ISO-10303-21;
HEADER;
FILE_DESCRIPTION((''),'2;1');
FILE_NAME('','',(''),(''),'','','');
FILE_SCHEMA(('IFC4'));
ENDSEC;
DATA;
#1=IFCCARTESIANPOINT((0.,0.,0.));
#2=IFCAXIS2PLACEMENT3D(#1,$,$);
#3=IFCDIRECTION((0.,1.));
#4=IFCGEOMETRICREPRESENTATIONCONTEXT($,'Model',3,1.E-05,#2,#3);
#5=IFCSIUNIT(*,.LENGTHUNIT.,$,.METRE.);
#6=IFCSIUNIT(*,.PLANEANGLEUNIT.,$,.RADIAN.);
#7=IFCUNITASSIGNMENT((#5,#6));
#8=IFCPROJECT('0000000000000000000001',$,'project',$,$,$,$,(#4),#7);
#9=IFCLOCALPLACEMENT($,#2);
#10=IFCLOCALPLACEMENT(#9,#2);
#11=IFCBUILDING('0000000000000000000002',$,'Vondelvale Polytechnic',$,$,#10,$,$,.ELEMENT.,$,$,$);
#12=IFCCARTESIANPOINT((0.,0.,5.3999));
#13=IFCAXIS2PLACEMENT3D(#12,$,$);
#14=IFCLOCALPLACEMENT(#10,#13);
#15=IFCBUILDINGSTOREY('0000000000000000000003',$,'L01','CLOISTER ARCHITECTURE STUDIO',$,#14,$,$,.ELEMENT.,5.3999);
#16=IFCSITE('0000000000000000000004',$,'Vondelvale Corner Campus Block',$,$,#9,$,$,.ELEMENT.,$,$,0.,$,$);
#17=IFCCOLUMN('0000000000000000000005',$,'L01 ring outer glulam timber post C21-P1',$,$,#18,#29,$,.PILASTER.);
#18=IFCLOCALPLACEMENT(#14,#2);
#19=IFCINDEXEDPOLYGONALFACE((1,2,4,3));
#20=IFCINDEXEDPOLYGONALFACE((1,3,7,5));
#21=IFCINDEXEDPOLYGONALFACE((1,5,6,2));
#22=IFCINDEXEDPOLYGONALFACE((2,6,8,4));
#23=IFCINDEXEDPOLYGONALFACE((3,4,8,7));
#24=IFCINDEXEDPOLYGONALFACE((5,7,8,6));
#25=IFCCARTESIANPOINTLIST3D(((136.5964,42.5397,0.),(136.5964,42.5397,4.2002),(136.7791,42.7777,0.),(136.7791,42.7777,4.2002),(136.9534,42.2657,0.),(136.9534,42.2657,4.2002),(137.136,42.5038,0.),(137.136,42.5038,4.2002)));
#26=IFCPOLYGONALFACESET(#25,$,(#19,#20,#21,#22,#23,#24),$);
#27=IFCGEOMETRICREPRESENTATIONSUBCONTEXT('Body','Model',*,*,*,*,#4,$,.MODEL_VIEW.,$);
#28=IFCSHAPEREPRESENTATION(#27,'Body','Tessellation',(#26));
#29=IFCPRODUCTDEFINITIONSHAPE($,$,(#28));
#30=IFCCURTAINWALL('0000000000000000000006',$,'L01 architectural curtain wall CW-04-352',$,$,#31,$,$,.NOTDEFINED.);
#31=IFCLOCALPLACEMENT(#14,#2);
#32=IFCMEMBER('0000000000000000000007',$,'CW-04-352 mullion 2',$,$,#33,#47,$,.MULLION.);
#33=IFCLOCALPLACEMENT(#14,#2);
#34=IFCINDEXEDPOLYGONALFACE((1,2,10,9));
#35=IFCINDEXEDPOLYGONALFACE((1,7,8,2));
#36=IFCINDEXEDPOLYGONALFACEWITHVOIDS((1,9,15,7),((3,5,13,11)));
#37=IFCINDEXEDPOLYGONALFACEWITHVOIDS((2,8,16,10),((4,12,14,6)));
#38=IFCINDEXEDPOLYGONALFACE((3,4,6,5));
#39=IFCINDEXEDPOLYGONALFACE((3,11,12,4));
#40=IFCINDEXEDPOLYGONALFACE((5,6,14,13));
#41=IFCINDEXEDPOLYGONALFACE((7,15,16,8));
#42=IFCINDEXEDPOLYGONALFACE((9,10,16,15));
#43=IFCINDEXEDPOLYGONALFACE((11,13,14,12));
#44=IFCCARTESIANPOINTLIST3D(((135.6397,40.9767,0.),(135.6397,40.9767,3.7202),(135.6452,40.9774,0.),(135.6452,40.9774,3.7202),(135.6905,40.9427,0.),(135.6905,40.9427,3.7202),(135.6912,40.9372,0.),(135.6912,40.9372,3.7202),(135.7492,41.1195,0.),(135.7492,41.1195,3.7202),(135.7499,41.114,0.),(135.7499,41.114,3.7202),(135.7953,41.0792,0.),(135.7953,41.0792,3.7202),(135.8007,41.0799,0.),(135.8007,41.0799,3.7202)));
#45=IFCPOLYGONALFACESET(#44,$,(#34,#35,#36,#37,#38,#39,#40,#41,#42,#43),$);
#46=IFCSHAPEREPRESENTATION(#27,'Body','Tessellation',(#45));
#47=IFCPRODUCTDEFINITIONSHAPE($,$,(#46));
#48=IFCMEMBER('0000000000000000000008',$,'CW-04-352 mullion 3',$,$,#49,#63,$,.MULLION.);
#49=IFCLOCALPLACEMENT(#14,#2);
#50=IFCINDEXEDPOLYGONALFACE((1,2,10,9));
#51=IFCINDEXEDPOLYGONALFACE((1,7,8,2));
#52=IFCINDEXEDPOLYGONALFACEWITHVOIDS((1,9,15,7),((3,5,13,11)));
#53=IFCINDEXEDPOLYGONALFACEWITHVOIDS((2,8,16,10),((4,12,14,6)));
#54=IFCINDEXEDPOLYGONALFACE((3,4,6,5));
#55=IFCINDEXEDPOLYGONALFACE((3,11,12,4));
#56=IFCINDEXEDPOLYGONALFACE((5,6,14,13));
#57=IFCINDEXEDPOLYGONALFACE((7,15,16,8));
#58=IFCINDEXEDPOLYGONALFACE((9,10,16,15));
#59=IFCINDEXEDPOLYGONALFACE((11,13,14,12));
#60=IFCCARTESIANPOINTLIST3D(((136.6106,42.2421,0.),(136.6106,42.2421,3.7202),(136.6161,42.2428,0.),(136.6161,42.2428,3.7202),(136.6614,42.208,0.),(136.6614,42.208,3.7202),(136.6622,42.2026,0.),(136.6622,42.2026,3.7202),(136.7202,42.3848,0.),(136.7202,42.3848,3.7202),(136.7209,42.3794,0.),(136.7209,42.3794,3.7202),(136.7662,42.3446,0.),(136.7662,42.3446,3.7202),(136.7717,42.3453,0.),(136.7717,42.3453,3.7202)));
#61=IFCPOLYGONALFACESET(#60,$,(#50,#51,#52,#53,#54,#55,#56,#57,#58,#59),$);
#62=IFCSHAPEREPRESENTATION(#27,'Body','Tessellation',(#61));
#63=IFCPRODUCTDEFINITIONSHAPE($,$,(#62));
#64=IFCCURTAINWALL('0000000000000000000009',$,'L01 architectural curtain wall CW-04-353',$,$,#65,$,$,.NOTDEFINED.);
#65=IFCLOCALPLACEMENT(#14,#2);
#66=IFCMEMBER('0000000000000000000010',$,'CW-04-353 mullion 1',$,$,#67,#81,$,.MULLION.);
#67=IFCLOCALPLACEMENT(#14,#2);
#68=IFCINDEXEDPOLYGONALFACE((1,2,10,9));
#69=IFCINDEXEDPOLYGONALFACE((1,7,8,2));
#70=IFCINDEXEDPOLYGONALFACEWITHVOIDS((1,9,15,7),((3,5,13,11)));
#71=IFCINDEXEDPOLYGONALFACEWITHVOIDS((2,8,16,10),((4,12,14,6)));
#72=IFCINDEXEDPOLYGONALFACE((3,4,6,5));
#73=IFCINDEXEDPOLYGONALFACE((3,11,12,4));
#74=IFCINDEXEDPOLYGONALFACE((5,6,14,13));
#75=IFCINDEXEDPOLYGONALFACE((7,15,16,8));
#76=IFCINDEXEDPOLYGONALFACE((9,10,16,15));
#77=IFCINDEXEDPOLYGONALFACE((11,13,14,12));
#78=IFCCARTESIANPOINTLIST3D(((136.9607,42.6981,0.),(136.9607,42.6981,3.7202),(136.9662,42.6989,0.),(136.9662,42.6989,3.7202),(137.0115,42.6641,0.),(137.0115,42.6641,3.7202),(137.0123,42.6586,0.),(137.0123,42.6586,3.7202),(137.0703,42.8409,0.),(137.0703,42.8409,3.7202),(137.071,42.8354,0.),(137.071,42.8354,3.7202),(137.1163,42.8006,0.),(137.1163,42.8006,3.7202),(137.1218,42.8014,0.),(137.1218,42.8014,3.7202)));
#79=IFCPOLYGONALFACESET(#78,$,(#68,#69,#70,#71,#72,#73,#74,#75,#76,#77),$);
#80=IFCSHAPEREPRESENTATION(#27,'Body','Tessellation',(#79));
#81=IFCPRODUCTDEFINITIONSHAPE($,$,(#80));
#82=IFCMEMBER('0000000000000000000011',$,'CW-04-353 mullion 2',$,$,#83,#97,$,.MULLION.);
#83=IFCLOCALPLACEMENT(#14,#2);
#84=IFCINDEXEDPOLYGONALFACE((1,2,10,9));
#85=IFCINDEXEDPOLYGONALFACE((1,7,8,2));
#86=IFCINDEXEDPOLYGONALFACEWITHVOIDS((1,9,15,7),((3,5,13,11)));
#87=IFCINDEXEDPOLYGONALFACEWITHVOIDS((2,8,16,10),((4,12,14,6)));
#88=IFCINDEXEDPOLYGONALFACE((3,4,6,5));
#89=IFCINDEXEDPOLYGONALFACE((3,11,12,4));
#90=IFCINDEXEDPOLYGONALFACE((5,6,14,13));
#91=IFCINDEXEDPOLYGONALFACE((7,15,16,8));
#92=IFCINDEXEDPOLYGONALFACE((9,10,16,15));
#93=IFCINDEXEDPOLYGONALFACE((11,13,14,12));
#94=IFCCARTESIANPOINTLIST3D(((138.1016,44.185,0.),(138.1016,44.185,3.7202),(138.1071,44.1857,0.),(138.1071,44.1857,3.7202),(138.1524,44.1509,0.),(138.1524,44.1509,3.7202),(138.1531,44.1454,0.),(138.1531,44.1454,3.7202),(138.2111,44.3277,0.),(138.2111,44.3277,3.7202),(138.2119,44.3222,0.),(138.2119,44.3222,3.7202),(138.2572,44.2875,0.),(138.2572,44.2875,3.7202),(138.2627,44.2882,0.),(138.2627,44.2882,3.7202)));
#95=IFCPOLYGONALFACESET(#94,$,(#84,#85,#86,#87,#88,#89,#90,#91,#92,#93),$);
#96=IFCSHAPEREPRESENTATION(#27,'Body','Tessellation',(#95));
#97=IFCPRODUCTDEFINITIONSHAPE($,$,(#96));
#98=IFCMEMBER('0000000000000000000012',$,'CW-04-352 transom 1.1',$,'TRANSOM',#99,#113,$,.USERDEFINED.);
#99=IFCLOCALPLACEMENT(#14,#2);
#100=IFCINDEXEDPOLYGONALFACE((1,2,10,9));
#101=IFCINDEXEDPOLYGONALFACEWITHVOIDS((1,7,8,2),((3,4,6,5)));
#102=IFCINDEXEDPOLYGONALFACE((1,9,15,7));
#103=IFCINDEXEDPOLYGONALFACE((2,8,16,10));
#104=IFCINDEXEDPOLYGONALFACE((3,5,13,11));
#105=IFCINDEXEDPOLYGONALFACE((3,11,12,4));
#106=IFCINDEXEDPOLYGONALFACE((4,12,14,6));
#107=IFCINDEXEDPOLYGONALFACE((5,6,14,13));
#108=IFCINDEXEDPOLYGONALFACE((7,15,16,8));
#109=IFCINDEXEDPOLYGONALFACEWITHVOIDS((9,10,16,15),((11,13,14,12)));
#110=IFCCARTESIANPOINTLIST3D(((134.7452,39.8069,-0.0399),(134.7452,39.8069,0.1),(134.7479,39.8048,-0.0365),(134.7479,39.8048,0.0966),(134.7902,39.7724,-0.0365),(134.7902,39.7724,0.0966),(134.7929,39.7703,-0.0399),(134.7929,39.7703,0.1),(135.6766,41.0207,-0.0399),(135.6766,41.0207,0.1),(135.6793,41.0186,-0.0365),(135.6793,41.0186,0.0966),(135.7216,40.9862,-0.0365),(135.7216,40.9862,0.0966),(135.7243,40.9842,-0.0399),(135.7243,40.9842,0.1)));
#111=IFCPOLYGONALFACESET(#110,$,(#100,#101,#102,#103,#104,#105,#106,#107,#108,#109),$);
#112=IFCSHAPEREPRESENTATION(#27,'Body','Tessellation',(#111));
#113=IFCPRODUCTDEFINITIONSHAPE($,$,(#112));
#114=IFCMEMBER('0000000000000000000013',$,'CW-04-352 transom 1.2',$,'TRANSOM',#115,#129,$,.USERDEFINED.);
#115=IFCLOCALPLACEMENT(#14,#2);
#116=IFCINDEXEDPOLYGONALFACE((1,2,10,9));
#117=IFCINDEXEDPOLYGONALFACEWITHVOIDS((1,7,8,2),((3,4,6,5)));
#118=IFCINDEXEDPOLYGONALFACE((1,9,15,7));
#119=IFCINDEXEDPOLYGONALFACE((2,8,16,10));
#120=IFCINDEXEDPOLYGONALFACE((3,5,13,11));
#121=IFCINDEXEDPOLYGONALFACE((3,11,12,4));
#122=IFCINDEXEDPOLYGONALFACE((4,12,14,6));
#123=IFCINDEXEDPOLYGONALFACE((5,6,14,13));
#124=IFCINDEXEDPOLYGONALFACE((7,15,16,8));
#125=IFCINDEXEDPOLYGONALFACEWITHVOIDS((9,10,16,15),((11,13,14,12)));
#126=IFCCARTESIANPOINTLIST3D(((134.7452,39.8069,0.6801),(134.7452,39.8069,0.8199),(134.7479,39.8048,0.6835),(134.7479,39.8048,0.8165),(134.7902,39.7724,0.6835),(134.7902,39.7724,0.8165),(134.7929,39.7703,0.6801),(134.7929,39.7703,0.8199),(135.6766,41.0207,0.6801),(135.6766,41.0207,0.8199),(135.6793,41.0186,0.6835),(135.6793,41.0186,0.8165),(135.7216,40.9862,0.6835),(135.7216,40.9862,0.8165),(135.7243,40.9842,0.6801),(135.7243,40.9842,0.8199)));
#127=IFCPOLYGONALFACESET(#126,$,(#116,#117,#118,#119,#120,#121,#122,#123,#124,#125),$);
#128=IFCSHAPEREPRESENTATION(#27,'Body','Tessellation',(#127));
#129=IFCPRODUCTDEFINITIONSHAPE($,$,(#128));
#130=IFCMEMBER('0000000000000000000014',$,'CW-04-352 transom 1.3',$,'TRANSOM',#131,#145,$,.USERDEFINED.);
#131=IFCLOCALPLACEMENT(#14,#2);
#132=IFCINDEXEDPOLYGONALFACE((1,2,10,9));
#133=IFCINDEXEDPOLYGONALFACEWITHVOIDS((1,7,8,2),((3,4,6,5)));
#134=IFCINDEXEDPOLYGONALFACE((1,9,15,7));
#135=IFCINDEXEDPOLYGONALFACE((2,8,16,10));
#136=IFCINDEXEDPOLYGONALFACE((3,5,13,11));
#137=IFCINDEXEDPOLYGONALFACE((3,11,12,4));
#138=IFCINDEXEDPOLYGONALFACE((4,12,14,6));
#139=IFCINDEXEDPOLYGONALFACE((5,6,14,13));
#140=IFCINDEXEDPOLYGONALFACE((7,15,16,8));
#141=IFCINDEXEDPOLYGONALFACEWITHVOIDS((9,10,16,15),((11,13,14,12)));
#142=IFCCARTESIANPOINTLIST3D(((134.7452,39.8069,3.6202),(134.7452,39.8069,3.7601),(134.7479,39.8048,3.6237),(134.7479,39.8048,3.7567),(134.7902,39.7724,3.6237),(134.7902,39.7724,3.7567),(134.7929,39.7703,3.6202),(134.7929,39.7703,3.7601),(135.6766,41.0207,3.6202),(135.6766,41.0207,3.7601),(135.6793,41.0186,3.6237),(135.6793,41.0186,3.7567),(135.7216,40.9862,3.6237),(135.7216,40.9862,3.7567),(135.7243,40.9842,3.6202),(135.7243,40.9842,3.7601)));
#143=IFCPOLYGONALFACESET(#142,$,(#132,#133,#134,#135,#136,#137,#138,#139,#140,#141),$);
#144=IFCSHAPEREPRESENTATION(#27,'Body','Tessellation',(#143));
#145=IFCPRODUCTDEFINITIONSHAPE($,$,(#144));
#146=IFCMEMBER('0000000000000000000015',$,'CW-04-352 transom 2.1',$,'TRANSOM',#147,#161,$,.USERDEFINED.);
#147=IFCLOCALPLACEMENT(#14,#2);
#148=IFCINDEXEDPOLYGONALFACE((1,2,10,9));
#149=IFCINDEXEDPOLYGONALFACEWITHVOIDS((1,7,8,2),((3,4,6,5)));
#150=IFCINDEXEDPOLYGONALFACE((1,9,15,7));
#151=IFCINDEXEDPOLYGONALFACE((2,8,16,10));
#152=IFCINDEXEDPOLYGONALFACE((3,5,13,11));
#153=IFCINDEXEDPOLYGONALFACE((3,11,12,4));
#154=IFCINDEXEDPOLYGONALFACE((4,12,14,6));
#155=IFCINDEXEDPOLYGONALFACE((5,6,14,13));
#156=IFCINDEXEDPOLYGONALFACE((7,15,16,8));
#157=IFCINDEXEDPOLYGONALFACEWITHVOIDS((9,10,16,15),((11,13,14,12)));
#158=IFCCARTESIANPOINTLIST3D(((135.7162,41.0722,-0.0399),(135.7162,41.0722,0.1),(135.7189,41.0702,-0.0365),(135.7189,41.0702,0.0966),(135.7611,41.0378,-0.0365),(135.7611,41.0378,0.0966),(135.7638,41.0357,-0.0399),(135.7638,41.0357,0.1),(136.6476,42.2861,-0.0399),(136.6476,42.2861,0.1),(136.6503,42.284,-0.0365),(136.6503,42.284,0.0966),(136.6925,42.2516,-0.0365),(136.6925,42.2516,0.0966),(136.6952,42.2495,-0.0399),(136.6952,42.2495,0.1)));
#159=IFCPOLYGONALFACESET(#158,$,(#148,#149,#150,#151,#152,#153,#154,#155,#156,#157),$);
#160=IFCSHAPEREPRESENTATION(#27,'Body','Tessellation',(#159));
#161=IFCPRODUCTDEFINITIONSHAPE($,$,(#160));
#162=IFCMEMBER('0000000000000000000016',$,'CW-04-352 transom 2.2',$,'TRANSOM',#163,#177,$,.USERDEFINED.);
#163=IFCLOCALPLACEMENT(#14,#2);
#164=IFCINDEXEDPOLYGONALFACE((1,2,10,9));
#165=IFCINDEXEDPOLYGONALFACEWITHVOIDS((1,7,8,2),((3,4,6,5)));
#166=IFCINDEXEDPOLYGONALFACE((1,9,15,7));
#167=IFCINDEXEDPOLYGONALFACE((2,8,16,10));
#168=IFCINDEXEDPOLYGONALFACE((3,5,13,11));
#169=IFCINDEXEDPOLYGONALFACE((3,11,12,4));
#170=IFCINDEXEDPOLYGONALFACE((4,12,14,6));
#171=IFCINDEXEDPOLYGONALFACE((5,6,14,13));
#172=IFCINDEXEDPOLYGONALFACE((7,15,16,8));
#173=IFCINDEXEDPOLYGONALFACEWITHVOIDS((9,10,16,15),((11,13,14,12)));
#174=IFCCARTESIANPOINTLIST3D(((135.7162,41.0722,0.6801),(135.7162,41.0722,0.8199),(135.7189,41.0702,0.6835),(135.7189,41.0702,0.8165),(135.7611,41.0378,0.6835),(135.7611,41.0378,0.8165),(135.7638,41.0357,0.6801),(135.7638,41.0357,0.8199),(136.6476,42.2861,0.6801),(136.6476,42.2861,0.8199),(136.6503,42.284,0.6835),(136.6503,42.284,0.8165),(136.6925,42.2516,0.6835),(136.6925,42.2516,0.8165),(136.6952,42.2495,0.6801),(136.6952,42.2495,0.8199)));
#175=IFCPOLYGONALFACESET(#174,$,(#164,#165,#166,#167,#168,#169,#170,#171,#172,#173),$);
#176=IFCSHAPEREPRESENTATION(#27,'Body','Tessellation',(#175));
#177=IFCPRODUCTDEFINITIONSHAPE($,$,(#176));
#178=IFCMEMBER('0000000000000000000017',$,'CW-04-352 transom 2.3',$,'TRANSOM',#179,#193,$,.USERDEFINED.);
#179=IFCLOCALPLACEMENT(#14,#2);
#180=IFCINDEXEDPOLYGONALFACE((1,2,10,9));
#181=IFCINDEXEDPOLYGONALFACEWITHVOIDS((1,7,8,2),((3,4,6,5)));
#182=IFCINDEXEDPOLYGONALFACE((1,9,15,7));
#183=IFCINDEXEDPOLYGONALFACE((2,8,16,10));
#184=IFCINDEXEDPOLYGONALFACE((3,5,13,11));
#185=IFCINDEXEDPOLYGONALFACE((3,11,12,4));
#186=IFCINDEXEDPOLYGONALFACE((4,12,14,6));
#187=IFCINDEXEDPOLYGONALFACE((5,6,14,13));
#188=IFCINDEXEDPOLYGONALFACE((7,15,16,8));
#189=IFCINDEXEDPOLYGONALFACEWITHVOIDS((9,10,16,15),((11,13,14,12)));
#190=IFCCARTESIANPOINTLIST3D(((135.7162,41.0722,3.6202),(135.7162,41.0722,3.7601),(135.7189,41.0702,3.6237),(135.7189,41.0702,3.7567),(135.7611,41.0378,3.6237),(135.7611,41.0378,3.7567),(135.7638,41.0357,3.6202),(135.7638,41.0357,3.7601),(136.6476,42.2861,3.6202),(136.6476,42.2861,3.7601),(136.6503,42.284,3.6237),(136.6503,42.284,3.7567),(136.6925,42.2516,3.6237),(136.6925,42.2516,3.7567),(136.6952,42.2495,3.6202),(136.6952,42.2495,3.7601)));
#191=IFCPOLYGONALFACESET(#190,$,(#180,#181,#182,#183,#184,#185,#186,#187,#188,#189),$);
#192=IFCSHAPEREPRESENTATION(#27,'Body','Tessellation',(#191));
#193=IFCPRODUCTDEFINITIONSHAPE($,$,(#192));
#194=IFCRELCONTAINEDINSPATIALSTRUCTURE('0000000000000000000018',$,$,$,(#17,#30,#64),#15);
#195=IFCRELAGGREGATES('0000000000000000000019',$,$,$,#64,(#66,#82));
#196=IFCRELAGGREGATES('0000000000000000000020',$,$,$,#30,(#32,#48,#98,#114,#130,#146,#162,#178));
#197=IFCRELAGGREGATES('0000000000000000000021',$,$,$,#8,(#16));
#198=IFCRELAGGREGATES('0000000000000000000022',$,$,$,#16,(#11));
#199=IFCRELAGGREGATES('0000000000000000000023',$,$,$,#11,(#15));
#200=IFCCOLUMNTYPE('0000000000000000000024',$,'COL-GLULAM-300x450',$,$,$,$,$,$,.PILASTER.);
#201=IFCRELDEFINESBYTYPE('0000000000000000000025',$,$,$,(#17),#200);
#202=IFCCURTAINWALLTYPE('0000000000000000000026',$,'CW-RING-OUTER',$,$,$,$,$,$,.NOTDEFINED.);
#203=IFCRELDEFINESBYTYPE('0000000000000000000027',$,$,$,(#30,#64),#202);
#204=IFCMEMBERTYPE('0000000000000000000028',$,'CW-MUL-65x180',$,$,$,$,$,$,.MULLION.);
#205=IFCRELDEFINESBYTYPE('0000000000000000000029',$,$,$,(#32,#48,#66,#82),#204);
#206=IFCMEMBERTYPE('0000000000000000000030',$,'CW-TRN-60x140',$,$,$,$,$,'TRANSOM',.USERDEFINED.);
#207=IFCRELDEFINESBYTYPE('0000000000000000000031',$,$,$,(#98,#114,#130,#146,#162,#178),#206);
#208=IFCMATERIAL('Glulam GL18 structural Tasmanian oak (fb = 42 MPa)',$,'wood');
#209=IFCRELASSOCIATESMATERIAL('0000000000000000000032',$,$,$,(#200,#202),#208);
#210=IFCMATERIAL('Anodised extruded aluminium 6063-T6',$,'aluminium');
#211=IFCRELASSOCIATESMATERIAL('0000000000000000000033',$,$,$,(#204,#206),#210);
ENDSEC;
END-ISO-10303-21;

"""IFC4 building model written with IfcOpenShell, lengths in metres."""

from ifc_helpers import new_model, si_unit, direction, frame, origin, origin_2d, place, context, subcontext, project, spatial, rectangle, hollow_rectangle, extrude, material, material_profile, profile_set, type_object, element, aggregate, save


model = new_model("IFC4")

# Units and contexts
model_context = context("Model", 3, precision=1e-05, world=origin(), true_north=direction((0.0, 1.0)))
body_context = subcontext(model_context, "Body", "Model", "MODEL_VIEW")
ifc_project = project(units=[si_unit("LENGTHUNIT", "METRE"), si_unit("PLANEANGLEUNIT", "RADIAN")], contexts=[model_context])

# Site, building, storey
site_placement = place(None, origin())
site = spatial("IfcSite", under=ifc_project, at=site_placement, Name="Vondelvale Corner Campus Block", CompositionType="ELEMENT", RefElevation=0.0)
building_placement = place(site_placement, origin())
building = spatial("IfcBuilding", under=site, at=building_placement, Name="Vondelvale Polytechnic", CompositionType="ELEMENT")
storey_placement = place(building_placement, frame((0.0, 0.0, 5.3999)))
storey = spatial("IfcBuildingStorey", under=building, at=storey_placement, Name="L01", Description="CLOISTER ARCHITECTURE STUDIO", CompositionType="ELEMENT", Elevation=5.3999)

# Column
ifc_material_1 = material(Name="Glulam GL18 structural Tasmanian oak (fb = 42 MPa)", Category="wood")
ifc_material_profile_1 = material_profile(ifc_material_1, rectangle(XDim=0.3, YDim=0.45, at=origin_2d()), Name="GL-POST-300x450")
ifc_profile_set_1 = profile_set([ifc_material_profile_1], Name="Glulam GL18 structural Tasmanian oak (fb = 42 MPa)")
column_type = type_object("IfcColumnType", Name="COL-GLULAM-300x450", PredefinedType="PILASTER", material=ifc_profile_set_1)
column_placement = place(storey_placement, frame((136.8662, 42.5217, 0.0), z_axis=(0.0, 0.0, 1.0), x_axis=(0.608761, 0.793353, 0.0)))
element("IfcColumn", 1, at=column_placement, inside=storey, type_object=column_type, Name="L01 ring outer glulam timber post C21-P1", PredefinedType="PILASTER", context=body_context, shape_type="SweptSolid", body=[
    extrude(rectangle(XDim=0.3, YDim=0.45, at=origin_2d()), origin(), (0.0, 0.0, 1.0), 4.2002),
])

# Curtain walls, members
curtain_wall_type = type_object("IfcCurtainWallType", Name="CW-RING-OUTER", PredefinedType="NOTDEFINED", material=ifc_material_1)
curtain_wall_1_placement = place(storey_placement, origin())
curtain_wall_1 = element("IfcCurtainWall", 2, at=curtain_wall_1_placement, inside=storey, type_object=curtain_wall_type, Name="L01 architectural curtain wall CW-04-352", PredefinedType="NOTDEFINED")
ifc_material_2 = material(Name="Anodised extruded aluminium 6063-T6", Category="aluminium")
ifc_material_profile_2 = material_profile(ifc_material_2, hollow_rectangle(XDim=0.0649, YDim=0.1799, WallThickness=0.0039, at=origin_2d()), Name="CW-MUL-180x65")
ifc_profile_set_2 = profile_set([ifc_material_profile_2], Name="Anodised extruded aluminium 6063-T6")
member_type_1 = type_object("IfcMemberType", Name="CW-MUL-65x180", PredefinedType="MULLION", material=ifc_profile_set_2)
member_1_placement = place(storey_placement, frame((135.7202, 41.0283, 0.0), z_axis=(0.0, 0.0, 1.0), x_axis=(-0.793334, 0.608787, 0.0)))
member_1 = element("IfcMember", 3, at=member_1_placement, type_object=member_type_1, Name="CW-04-352 mullion 2", PredefinedType="MULLION", context=body_context, shape_type="SweptSolid", body=[
    extrude(hollow_rectangle(XDim=0.0649, YDim=0.1799, WallThickness=0.0039, at=origin_2d()), origin(), (0.0, 0.0, 1.0), 3.7202),
])
member_2_placement = place(storey_placement, frame((136.6912, 42.2937, 0.0), z_axis=(0.0, 0.0, 1.0), x_axis=(-0.793334, 0.608787, 0.0)))
member_2 = element("IfcMember", 4, at=member_2_placement, type_object=member_type_1, Name="CW-04-352 mullion 3", PredefinedType="MULLION", context=body_context, shape_type="SweptSolid", body=[
    extrude(hollow_rectangle(XDim=0.0649, YDim=0.1799, WallThickness=0.0039, at=origin_2d()), origin(), (0.0, 0.0, 1.0), 3.7202),
])
curtain_wall_2_placement = place(storey_placement, origin())
curtain_wall_2 = element("IfcCurtainWall", 5, at=curtain_wall_2_placement, inside=storey, type_object=curtain_wall_type, Name="L01 architectural curtain wall CW-04-353", PredefinedType="NOTDEFINED")
member_3_placement = place(storey_placement, frame((137.0413, 42.7498, 0.0), z_axis=(0.0, 0.0, 1.0), x_axis=(-0.793346, 0.608771, 0.0)))
member_3 = element("IfcMember", 6, at=member_3_placement, type_object=member_type_1, Name="CW-04-353 mullion 1", PredefinedType="MULLION", context=body_context, shape_type="SweptSolid", body=[
    extrude(hollow_rectangle(XDim=0.0649, YDim=0.1799, WallThickness=0.0039, at=origin_2d()), origin(), (0.0, 0.0, 1.0), 3.7202),
])
member_4_placement = place(storey_placement, frame((138.1821, 44.2366, 0.0), z_axis=(0.0, 0.0, 1.0), x_axis=(-0.793346, 0.608771, 0.0)))
member_4 = element("IfcMember", 7, at=member_4_placement, type_object=member_type_1, Name="CW-04-353 mullion 2", PredefinedType="MULLION", context=body_context, shape_type="SweptSolid", body=[
    extrude(hollow_rectangle(XDim=0.0649, YDim=0.1799, WallThickness=0.0039, at=origin_2d()), origin(), (0.0, 0.0, 1.0), 3.7202),
])

# Members
ifc_material_profile_3 = material_profile(ifc_material_2, hollow_rectangle(XDim=0.0601, YDim=0.1399, WallThickness=0.0034, at=origin_2d()), Name="CW-TRN-140x60")
ifc_profile_set_3 = profile_set([ifc_material_profile_3], Name="Anodised extruded aluminium 6063-T6")
member_type_2 = type_object("IfcMemberType", Name="CW-TRN-60x140", ElementType="TRANSOM", PredefinedType="USERDEFINED", material=ifc_profile_set_3)
member_5_placement = place(storey_placement, frame((134.769, 39.7886, 0.03), z_axis=(0.608746, 0.793365, 0.0), x_axis=(-0.793365, 0.608746, 0.0)))
member_5 = element("IfcMember", 8, at=member_5_placement, type_object=member_type_2, Name="CW-04-352 transom 1.1", ObjectType="TRANSOM", PredefinedType="USERDEFINED", context=body_context, shape_type="SweptSolid", body=[
    extrude(hollow_rectangle(XDim=0.0601, YDim=0.1399, WallThickness=0.0034, at=origin_2d()), origin(), (0.0, 0.0, 1.0), 1.53),
])
member_6_placement = place(storey_placement, frame((134.769, 39.7886, 0.75), z_axis=(0.608746, 0.793365, 0.0), x_axis=(-0.793365, 0.608746, 0.0)))
member_6 = element("IfcMember", 9, at=member_6_placement, type_object=member_type_2, Name="CW-04-352 transom 1.2", ObjectType="TRANSOM", PredefinedType="USERDEFINED", context=body_context, shape_type="SweptSolid", body=[
    extrude(hollow_rectangle(XDim=0.0601, YDim=0.1399, WallThickness=0.0034, at=origin_2d()), origin(), (0.0, 0.0, 1.0), 1.53),
])
member_7_placement = place(storey_placement, frame((134.769, 39.7886, 3.6902), z_axis=(0.608746, 0.793365, 0.0), x_axis=(-0.793365, 0.608746, 0.0)))
member_7 = element("IfcMember", 10, at=member_7_placement, type_object=member_type_2, Name="CW-04-352 transom 1.3", ObjectType="TRANSOM", PredefinedType="USERDEFINED", context=body_context, shape_type="SweptSolid", body=[
    extrude(hollow_rectangle(XDim=0.0601, YDim=0.1399, WallThickness=0.0034, at=origin_2d()), origin(), (0.0, 0.0, 1.0), 1.53),
])
member_8_placement = place(storey_placement, frame((135.74, 41.054, 0.03), z_axis=(0.608746, 0.793365, 0.0), x_axis=(-0.793365, 0.608746, 0.0)))
member_8 = element("IfcMember", 11, at=member_8_placement, type_object=member_type_2, Name="CW-04-352 transom 2.1", ObjectType="TRANSOM", PredefinedType="USERDEFINED", context=body_context, shape_type="SweptSolid", body=[
    extrude(hollow_rectangle(XDim=0.0601, YDim=0.1399, WallThickness=0.0034, at=origin_2d()), origin(), (0.0, 0.0, 1.0), 1.53),
])
member_9_placement = place(storey_placement, frame((135.74, 41.054, 0.75), z_axis=(0.608746, 0.793365, 0.0), x_axis=(-0.793365, 0.608746, 0.0)))
member_9 = element("IfcMember", 12, at=member_9_placement, type_object=member_type_2, Name="CW-04-352 transom 2.2", ObjectType="TRANSOM", PredefinedType="USERDEFINED", context=body_context, shape_type="SweptSolid", body=[
    extrude(hollow_rectangle(XDim=0.0601, YDim=0.1399, WallThickness=0.0034, at=origin_2d()), origin(), (0.0, 0.0, 1.0), 1.53),
])
member_10_placement = place(storey_placement, frame((135.74, 41.054, 3.6902), z_axis=(0.608746, 0.793365, 0.0), x_axis=(-0.793365, 0.608746, 0.0)))
member_10 = element("IfcMember", 13, at=member_10_placement, type_object=member_type_2, Name="CW-04-352 transom 2.3", ObjectType="TRANSOM", PredefinedType="USERDEFINED", context=body_context, shape_type="SweptSolid", body=[
    extrude(hollow_rectangle(XDim=0.0601, YDim=0.1399, WallThickness=0.0034, at=origin_2d()), origin(), (0.0, 0.0, 1.0), 1.53),
])

aggregate(curtain_wall_2, [member_3, member_4])
aggregate(curtain_wall_1, [member_1, member_2, member_5, member_6, member_7, member_8, member_9, member_10])

save(model, "model.ifc")
